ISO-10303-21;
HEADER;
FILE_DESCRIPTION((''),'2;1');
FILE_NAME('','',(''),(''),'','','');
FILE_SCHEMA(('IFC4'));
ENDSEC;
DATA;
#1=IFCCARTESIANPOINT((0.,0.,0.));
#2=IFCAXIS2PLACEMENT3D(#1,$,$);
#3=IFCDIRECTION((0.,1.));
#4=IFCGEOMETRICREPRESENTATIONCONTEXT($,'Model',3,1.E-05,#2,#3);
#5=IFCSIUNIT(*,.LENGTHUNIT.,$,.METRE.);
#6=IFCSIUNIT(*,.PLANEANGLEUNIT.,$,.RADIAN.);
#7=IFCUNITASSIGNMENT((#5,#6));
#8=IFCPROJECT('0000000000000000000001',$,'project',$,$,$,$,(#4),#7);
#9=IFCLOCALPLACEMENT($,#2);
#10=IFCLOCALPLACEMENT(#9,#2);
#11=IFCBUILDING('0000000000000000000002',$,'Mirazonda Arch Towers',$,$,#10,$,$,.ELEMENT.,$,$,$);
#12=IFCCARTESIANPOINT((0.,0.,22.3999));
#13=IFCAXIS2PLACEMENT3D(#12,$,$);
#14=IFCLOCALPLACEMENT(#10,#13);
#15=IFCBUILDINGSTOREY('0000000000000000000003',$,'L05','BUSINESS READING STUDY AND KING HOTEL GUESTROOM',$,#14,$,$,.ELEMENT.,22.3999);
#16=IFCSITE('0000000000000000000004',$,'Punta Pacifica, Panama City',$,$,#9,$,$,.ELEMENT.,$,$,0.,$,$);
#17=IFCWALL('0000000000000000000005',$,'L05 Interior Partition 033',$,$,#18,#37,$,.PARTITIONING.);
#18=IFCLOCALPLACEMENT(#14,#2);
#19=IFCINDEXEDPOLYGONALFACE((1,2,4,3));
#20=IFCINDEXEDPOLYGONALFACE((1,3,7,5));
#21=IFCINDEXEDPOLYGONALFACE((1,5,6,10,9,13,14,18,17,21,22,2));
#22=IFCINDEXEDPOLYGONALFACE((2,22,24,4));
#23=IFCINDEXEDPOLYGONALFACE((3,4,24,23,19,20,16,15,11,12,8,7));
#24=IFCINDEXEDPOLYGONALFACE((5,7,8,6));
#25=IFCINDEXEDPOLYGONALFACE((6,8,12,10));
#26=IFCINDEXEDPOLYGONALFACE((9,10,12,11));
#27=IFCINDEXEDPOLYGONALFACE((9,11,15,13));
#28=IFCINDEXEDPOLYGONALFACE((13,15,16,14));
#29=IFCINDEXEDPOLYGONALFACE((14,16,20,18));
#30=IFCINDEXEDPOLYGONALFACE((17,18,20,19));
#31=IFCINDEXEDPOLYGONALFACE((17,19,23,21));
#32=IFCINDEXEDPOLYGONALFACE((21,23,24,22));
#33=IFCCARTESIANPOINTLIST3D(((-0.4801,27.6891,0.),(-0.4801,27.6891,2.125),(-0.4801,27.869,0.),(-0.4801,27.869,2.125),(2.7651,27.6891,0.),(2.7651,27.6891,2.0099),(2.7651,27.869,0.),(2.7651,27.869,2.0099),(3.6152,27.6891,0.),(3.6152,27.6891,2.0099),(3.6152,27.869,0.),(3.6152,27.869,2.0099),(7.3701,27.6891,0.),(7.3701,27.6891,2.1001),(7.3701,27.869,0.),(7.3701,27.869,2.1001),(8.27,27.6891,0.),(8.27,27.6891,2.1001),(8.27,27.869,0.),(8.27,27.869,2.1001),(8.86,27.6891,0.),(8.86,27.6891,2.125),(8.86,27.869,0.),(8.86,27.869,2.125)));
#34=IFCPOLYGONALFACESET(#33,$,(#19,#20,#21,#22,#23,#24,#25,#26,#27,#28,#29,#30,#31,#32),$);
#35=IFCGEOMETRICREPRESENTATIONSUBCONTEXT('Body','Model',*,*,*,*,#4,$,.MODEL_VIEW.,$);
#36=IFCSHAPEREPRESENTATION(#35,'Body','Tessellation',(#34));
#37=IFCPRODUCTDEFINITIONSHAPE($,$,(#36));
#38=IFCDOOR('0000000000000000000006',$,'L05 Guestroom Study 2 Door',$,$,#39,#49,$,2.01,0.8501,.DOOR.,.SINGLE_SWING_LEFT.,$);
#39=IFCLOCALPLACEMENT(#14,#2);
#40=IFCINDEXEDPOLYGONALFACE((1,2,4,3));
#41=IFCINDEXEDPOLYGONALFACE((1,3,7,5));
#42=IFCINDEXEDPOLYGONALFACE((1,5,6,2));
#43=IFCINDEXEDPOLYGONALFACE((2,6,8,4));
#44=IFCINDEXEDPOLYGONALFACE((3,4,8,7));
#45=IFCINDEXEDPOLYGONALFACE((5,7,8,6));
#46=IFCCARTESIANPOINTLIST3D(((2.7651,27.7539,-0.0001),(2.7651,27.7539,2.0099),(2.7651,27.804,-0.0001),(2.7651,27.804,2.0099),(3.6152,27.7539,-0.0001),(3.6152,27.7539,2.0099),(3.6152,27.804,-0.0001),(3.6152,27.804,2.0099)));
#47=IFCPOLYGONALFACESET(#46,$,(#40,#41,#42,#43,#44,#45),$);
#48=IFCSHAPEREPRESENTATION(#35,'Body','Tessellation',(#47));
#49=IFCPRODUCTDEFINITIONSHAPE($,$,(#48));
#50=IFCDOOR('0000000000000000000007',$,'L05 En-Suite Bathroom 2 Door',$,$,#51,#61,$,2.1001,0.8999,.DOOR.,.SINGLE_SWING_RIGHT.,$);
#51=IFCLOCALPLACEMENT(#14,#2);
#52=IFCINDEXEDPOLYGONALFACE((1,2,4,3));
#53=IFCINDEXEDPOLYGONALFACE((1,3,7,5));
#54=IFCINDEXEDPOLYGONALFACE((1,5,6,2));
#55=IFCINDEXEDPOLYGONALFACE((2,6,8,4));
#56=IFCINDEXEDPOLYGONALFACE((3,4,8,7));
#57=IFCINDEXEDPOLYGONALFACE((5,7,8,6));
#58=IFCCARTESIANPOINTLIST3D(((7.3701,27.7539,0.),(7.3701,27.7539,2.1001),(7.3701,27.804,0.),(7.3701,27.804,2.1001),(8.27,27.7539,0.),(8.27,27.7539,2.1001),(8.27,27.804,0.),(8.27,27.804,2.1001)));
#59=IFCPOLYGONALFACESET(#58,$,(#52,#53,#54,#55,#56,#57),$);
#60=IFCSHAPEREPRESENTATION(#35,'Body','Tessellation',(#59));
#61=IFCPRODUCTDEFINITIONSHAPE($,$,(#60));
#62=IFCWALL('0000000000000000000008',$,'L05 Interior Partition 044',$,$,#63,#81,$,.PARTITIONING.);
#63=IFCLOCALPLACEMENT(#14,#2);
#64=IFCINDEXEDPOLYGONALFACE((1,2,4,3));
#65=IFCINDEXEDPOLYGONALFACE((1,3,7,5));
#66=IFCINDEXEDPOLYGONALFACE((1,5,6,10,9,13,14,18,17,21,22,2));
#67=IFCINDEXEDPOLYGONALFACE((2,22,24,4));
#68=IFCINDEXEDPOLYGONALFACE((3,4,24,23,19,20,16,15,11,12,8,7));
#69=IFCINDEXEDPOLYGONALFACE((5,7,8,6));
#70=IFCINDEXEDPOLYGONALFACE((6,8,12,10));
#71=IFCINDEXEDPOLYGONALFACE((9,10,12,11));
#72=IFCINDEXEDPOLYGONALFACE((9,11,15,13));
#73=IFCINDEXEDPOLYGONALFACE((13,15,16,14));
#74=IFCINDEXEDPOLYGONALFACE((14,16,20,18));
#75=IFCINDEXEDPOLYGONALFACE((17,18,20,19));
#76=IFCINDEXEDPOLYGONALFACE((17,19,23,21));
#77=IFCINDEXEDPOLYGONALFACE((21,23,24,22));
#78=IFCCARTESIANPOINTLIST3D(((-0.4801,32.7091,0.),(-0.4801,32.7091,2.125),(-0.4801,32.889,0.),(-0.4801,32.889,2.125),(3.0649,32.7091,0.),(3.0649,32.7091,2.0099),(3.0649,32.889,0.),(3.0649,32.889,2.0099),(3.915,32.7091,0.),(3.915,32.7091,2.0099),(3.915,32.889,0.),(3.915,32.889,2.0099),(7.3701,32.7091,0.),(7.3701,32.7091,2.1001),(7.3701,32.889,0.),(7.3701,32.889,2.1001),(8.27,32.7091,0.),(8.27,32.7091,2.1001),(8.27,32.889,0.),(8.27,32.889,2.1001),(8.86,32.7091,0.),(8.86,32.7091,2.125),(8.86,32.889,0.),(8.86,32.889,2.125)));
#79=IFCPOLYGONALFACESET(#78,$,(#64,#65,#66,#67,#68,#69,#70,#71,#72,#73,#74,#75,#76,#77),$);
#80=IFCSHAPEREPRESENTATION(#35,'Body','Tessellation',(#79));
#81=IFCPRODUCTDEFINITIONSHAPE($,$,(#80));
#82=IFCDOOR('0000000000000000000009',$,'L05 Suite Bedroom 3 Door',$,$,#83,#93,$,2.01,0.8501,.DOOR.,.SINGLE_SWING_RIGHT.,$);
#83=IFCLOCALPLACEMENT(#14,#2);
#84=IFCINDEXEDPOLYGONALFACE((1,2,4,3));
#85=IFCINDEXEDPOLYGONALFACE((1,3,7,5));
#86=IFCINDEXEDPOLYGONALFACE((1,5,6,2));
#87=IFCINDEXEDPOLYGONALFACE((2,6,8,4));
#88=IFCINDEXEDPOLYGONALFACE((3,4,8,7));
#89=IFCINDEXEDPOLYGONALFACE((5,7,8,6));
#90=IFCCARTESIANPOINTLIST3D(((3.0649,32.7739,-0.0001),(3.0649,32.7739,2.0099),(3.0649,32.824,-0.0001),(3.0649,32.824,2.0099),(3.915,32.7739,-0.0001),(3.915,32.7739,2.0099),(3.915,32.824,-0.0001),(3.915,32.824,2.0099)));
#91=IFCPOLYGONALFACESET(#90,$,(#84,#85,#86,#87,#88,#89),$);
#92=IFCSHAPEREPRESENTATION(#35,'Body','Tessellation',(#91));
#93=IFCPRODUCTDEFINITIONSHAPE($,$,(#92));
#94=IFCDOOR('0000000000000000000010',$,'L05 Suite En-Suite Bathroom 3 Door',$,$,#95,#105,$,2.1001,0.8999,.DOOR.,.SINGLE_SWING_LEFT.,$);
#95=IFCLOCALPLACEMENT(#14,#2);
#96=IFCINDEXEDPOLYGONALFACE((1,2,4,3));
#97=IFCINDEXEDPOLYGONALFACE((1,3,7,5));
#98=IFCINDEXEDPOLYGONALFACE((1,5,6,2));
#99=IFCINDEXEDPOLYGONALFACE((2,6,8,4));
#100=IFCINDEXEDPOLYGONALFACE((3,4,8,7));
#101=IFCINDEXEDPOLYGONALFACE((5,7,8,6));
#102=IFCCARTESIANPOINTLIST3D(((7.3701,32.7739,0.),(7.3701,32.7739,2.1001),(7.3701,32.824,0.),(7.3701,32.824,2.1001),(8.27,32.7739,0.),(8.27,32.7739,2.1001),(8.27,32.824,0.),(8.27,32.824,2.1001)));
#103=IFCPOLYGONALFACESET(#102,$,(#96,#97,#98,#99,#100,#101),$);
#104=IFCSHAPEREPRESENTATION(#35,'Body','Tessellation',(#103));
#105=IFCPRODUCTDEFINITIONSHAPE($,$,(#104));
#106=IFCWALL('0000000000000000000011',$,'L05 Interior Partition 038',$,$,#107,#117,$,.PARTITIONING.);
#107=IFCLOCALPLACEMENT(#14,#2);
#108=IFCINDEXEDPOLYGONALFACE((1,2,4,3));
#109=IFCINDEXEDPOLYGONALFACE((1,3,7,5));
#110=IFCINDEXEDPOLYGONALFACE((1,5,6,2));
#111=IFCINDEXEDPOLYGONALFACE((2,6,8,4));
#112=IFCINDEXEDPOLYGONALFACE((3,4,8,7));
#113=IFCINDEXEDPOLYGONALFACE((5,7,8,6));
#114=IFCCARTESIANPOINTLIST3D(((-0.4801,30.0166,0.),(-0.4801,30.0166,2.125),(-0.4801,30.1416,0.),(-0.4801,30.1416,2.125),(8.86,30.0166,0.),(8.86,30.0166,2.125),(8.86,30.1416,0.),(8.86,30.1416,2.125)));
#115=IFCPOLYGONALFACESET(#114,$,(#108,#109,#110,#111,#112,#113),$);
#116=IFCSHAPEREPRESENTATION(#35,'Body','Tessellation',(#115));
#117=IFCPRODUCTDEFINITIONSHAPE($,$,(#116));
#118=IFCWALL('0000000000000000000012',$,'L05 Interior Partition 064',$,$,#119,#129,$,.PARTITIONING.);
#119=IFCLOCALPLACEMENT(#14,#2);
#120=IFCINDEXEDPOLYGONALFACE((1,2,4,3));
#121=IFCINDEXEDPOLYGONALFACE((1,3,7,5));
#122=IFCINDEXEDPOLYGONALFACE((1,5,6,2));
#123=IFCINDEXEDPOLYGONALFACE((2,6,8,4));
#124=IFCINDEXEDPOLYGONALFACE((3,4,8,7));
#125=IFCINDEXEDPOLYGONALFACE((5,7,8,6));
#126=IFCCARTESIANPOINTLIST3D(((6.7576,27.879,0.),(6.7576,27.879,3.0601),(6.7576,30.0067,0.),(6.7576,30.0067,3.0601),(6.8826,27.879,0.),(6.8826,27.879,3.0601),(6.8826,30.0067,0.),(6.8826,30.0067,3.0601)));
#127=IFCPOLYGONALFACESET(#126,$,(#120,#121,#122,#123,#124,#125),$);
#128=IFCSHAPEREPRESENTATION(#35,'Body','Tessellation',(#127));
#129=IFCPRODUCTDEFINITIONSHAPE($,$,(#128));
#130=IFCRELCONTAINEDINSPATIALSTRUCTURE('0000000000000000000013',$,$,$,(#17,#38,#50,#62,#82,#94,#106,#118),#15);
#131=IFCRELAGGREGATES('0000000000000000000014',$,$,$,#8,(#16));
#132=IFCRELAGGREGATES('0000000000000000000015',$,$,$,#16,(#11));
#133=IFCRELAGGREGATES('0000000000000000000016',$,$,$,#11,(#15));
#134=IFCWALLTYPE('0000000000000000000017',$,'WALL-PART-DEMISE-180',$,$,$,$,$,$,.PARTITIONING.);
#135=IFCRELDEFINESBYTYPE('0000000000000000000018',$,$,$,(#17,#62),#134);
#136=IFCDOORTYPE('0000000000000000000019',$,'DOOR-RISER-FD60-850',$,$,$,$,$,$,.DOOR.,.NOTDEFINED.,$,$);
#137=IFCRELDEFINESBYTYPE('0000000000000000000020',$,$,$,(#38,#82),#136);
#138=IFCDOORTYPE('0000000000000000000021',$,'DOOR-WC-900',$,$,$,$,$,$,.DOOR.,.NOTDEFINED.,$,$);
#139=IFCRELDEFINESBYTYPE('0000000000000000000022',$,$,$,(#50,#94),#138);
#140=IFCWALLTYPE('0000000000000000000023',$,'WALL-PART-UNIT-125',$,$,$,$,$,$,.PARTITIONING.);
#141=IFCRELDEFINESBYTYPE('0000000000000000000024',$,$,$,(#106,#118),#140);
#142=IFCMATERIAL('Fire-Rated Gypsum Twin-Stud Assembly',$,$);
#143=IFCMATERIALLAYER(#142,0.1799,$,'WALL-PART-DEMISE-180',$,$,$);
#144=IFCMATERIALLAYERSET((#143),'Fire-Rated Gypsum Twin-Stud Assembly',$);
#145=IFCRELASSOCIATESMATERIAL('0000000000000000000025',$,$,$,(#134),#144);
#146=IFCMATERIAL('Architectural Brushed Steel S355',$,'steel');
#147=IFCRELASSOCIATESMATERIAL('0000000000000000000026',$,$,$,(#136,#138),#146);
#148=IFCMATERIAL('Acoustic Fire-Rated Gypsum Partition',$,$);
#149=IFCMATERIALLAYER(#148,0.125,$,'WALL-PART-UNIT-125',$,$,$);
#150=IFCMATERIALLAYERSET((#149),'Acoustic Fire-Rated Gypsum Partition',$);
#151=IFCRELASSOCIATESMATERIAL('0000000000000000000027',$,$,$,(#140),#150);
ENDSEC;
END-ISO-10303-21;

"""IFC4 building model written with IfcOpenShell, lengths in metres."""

from ifc_helpers import new_model, si_unit, direction, frame, frame_2d, origin, place, context, subcontext, project, spatial, rectangle, extrude, material, layer, layer_set, type_object, element, fill, save


model = new_model("IFC4")

# Units and contexts
model_context = context("Model", 3, precision=1e-05, world=origin(), true_north=direction((0.0, 1.0)))
body_context = subcontext(model_context, "Body", "Model", "MODEL_VIEW")
ifc_project = project(units=[si_unit("LENGTHUNIT", "METRE"), si_unit("PLANEANGLEUNIT", "RADIAN")], contexts=[model_context])

# Site, building, storey
site_placement = place(None, origin())
site = spatial("IfcSite", under=ifc_project, at=site_placement, Name="Punta Pacifica, Panama City", CompositionType="ELEMENT", RefElevation=0.0)
building_placement = place(site_placement, origin())
building = spatial("IfcBuilding", under=site, at=building_placement, Name="Mirazonda Arch Towers", CompositionType="ELEMENT")
storey_placement = place(building_placement, frame((0.0, 0.0, 22.3999)))
storey = spatial("IfcBuildingStorey", under=building, at=storey_placement, Name="L05", Description="BUSINESS READING STUDY AND KING HOTEL GUESTROOM", CompositionType="ELEMENT", Elevation=22.3999)

# Walls, openings, doors
ifc_material_1 = material(Name="Fire-Rated Gypsum Twin-Stud Assembly")
ifc_layer_1 = layer(ifc_material_1, 0.1799, Name="WALL-PART-DEMISE-180")
ifc_layer_set_1 = layer_set([ifc_layer_1], Name="Fire-Rated Gypsum Twin-Stud Assembly")
wall_type_1 = type_object("IfcWallType", Name="WALL-PART-DEMISE-180", PredefinedType="PARTITIONING", material=ifc_layer_set_1)
wall_1_placement = place(storey_placement, frame((-0.48, 27.7791, 0.0), z_axis=(0.0, 0.0, 1.0), x_axis=(1.0, 0.0, 0.0)))
wall_1 = element("IfcWall", 1, at=wall_1_placement, inside=storey, type_object=wall_type_1, Name="L05 Interior Partition 033", PredefinedType="PARTITIONING", context=body_context, shape_type="SweptSolid", body=[
    extrude(rectangle(XDim=9.3401, YDim=0.1799, at=frame_2d((4.6699, 0.0))), origin(), (0.0, 0.0, 1.0), 2.125),
])
opening_1_placement = place(wall_1_placement, frame((3.2451, 0.0, 0.0)))
opening_1 = element("IfcOpeningElement", 2, at=opening_1_placement, cuts=wall_1, PredefinedType="OPENING", context=body_context, shape_type="SweptSolid", body=[
    extrude(rectangle(XDim=0.8501, YDim=2.01, at=frame_2d((0.425, 1.0049))), frame((0.0, 0.0999, 0.0), z_axis=(0.0, -1.0, 0.0), x_axis=(1.0, 0.0, 0.0)), (0.0, 0.0, 1.0), 0.2),
])
opening_2_placement = place(wall_1_placement, frame((7.8501, 0.0, 0.0)))
opening_2 = element("IfcOpeningElement", 3, at=opening_2_placement, cuts=wall_1, PredefinedType="OPENING", context=body_context, shape_type="SweptSolid", body=[
    extrude(rectangle(XDim=0.8999, YDim=2.1001, at=frame_2d((0.45, 1.05))), frame((0.0, 0.0999, 0.0), z_axis=(0.0, -1.0, 0.0), x_axis=(1.0, 0.0, 0.0)), (0.0, 0.0, 1.0), 0.2),
])
ifc_material_2 = material(Name="Architectural Brushed Steel S355", Category="steel")
door_type_1 = type_object("IfcDoorType", Name="DOOR-RISER-FD60-850", OperationType="NOTDEFINED", PredefinedType="DOOR", material=ifc_material_2)
door_1_placement = place(opening_1_placement, origin())
door_1 = element("IfcDoor", 4, at=door_1_placement, inside=storey, type_object=door_type_1, Name="L05 Guestroom Study 2 Door", OperationType="SINGLE_SWING_LEFT", OverallHeight=2.01, OverallWidth=0.8501, PredefinedType="DOOR", context=body_context, shape_type="SweptSolid", body=[
    extrude(rectangle(XDim=0.8501, YDim=2.01, at=frame_2d((0.425, 1.0049))), frame((0.0, 0.0249, 0.0), z_axis=(0.0, -1.0, 0.0), x_axis=(1.0, 0.0, 0.0)), (0.0, 0.0, 1.0), 0.05),
])
fill(opening_1, door_1)
door_type_2 = type_object("IfcDoorType", Name="DOOR-WC-900", OperationType="NOTDEFINED", PredefinedType="DOOR", material=ifc_material_2)
door_2_placement = place(opening_2_placement, origin())
door_2 = element("IfcDoor", 5, at=door_2_placement, inside=storey, type_object=door_type_2, Name="L05 En-Suite Bathroom 2 Door", OperationType="SINGLE_SWING_RIGHT", OverallHeight=2.1001, OverallWidth=0.8999, PredefinedType="DOOR", context=body_context, shape_type="SweptSolid", body=[
    extrude(rectangle(XDim=0.8999, YDim=2.1001, at=frame_2d((0.45, 1.05))), frame((0.0, 0.0249, 0.0), z_axis=(0.0, -1.0, 0.0), x_axis=(1.0, 0.0, 0.0)), (0.0, 0.0, 1.0), 0.05),
])
fill(opening_2, door_2)
wall_2_placement = place(storey_placement, frame((-0.48, 32.7991, 0.0), z_axis=(0.0, 0.0, 1.0), x_axis=(1.0, 0.0, 0.0)))
wall_2 = element("IfcWall", 6, at=wall_2_placement, inside=storey, type_object=wall_type_1, Name="L05 Interior Partition 044", PredefinedType="PARTITIONING", context=body_context, shape_type="SweptSolid", body=[
    extrude(rectangle(XDim=9.3401, YDim=0.1799, at=frame_2d((4.6699, 0.0))), origin(), (0.0, 0.0, 1.0), 2.125),
])
opening_3_placement = place(wall_2_placement, frame((3.5449, 0.0, 0.0)))
opening_3 = element("IfcOpeningElement", 7, at=opening_3_placement, cuts=wall_2, PredefinedType="OPENING", context=body_context, shape_type="SweptSolid", body=[
    extrude(rectangle(XDim=0.8501, YDim=2.01, at=frame_2d((0.425, 1.0049))), frame((0.0, 0.0999, 0.0), z_axis=(0.0, -1.0, 0.0), x_axis=(1.0, 0.0, 0.0)), (0.0, 0.0, 1.0), 0.2),
])
opening_4_placement = place(wall_2_placement, frame((7.8501, 0.0, 0.0)))
opening_4 = element("IfcOpeningElement", 8, at=opening_4_placement, cuts=wall_2, PredefinedType="OPENING", context=body_context, shape_type="SweptSolid", body=[
    extrude(rectangle(XDim=0.8999, YDim=2.1001, at=frame_2d((0.45, 1.05))), frame((0.0, 0.0999, 0.0), z_axis=(0.0, -1.0, 0.0), x_axis=(1.0, 0.0, 0.0)), (0.0, 0.0, 1.0), 0.2),
])
door_3_placement = place(opening_3_placement, origin())
door_3 = element("IfcDoor", 9, at=door_3_placement, inside=storey, type_object=door_type_1, Name="L05 Suite Bedroom 3 Door", OperationType="SINGLE_SWING_RIGHT", OverallHeight=2.01, OverallWidth=0.8501, PredefinedType="DOOR", context=body_context, shape_type="SweptSolid", body=[
    extrude(rectangle(XDim=0.8501, YDim=2.01, at=frame_2d((0.425, 1.0049))), frame((0.0, 0.0249, 0.0), z_axis=(0.0, -1.0, 0.0), x_axis=(1.0, 0.0, 0.0)), (0.0, 0.0, 1.0), 0.05),
])
fill(opening_3, door_3)
door_4_placement = place(opening_4_placement, origin())
door_4 = element("IfcDoor", 10, at=door_4_placement, inside=storey, type_object=door_type_2, Name="L05 Suite En-Suite Bathroom 3 Door", OperationType="SINGLE_SWING_LEFT", OverallHeight=2.1001, OverallWidth=0.8999, PredefinedType="DOOR", context=body_context, shape_type="SweptSolid", body=[
    extrude(rectangle(XDim=0.8999, YDim=2.1001, at=frame_2d((0.45, 1.05))), frame((0.0, 0.0249, 0.0), z_axis=(0.0, -1.0, 0.0), x_axis=(1.0, 0.0, 0.0)), (0.0, 0.0, 1.0), 0.05),
])
fill(opening_4, door_4)

# Walls
ifc_material_3 = material(Name="Acoustic Fire-Rated Gypsum Partition")
ifc_layer_2 = layer(ifc_material_3, 0.125, Name="WALL-PART-UNIT-125")
ifc_layer_set_2 = layer_set([ifc_layer_2], Name="Acoustic Fire-Rated Gypsum Partition")
wall_type_2 = type_object("IfcWallType", Name="WALL-PART-UNIT-125", PredefinedType="PARTITIONING", material=ifc_layer_set_2)
wall_3_placement = place(storey_placement, frame((-0.48, 30.0791, 0.0), z_axis=(0.0, 0.0, 1.0), x_axis=(1.0, 0.0, 0.0)))
element("IfcWall", 11, at=wall_3_placement, inside=storey, type_object=wall_type_2, Name="L05 Interior Partition 038", PredefinedType="PARTITIONING", context=body_context, shape_type="SweptSolid", body=[
    extrude(rectangle(XDim=9.3401, YDim=0.125, at=frame_2d((4.6699, 0.0))), origin(), (0.0, 0.0, 1.0), 2.125),
])
wall_4_placement = place(storey_placement, frame((6.8201, 27.8789, 0.0), z_axis=(0.0, 0.0, 1.0), x_axis=(0.0, 1.0, 0.0)))
element("IfcWall", 12, at=wall_4_placement, inside=storey, type_object=wall_type_2, Name="L05 Interior Partition 064", PredefinedType="PARTITIONING", context=body_context, shape_type="SweptSolid", body=[
    extrude(rectangle(XDim=2.1277, YDim=0.125, at=frame_2d((1.064, 0.0))), origin(), (0.0, 0.0, 1.0), 3.0601),
])

save(model, "model.ifc")
